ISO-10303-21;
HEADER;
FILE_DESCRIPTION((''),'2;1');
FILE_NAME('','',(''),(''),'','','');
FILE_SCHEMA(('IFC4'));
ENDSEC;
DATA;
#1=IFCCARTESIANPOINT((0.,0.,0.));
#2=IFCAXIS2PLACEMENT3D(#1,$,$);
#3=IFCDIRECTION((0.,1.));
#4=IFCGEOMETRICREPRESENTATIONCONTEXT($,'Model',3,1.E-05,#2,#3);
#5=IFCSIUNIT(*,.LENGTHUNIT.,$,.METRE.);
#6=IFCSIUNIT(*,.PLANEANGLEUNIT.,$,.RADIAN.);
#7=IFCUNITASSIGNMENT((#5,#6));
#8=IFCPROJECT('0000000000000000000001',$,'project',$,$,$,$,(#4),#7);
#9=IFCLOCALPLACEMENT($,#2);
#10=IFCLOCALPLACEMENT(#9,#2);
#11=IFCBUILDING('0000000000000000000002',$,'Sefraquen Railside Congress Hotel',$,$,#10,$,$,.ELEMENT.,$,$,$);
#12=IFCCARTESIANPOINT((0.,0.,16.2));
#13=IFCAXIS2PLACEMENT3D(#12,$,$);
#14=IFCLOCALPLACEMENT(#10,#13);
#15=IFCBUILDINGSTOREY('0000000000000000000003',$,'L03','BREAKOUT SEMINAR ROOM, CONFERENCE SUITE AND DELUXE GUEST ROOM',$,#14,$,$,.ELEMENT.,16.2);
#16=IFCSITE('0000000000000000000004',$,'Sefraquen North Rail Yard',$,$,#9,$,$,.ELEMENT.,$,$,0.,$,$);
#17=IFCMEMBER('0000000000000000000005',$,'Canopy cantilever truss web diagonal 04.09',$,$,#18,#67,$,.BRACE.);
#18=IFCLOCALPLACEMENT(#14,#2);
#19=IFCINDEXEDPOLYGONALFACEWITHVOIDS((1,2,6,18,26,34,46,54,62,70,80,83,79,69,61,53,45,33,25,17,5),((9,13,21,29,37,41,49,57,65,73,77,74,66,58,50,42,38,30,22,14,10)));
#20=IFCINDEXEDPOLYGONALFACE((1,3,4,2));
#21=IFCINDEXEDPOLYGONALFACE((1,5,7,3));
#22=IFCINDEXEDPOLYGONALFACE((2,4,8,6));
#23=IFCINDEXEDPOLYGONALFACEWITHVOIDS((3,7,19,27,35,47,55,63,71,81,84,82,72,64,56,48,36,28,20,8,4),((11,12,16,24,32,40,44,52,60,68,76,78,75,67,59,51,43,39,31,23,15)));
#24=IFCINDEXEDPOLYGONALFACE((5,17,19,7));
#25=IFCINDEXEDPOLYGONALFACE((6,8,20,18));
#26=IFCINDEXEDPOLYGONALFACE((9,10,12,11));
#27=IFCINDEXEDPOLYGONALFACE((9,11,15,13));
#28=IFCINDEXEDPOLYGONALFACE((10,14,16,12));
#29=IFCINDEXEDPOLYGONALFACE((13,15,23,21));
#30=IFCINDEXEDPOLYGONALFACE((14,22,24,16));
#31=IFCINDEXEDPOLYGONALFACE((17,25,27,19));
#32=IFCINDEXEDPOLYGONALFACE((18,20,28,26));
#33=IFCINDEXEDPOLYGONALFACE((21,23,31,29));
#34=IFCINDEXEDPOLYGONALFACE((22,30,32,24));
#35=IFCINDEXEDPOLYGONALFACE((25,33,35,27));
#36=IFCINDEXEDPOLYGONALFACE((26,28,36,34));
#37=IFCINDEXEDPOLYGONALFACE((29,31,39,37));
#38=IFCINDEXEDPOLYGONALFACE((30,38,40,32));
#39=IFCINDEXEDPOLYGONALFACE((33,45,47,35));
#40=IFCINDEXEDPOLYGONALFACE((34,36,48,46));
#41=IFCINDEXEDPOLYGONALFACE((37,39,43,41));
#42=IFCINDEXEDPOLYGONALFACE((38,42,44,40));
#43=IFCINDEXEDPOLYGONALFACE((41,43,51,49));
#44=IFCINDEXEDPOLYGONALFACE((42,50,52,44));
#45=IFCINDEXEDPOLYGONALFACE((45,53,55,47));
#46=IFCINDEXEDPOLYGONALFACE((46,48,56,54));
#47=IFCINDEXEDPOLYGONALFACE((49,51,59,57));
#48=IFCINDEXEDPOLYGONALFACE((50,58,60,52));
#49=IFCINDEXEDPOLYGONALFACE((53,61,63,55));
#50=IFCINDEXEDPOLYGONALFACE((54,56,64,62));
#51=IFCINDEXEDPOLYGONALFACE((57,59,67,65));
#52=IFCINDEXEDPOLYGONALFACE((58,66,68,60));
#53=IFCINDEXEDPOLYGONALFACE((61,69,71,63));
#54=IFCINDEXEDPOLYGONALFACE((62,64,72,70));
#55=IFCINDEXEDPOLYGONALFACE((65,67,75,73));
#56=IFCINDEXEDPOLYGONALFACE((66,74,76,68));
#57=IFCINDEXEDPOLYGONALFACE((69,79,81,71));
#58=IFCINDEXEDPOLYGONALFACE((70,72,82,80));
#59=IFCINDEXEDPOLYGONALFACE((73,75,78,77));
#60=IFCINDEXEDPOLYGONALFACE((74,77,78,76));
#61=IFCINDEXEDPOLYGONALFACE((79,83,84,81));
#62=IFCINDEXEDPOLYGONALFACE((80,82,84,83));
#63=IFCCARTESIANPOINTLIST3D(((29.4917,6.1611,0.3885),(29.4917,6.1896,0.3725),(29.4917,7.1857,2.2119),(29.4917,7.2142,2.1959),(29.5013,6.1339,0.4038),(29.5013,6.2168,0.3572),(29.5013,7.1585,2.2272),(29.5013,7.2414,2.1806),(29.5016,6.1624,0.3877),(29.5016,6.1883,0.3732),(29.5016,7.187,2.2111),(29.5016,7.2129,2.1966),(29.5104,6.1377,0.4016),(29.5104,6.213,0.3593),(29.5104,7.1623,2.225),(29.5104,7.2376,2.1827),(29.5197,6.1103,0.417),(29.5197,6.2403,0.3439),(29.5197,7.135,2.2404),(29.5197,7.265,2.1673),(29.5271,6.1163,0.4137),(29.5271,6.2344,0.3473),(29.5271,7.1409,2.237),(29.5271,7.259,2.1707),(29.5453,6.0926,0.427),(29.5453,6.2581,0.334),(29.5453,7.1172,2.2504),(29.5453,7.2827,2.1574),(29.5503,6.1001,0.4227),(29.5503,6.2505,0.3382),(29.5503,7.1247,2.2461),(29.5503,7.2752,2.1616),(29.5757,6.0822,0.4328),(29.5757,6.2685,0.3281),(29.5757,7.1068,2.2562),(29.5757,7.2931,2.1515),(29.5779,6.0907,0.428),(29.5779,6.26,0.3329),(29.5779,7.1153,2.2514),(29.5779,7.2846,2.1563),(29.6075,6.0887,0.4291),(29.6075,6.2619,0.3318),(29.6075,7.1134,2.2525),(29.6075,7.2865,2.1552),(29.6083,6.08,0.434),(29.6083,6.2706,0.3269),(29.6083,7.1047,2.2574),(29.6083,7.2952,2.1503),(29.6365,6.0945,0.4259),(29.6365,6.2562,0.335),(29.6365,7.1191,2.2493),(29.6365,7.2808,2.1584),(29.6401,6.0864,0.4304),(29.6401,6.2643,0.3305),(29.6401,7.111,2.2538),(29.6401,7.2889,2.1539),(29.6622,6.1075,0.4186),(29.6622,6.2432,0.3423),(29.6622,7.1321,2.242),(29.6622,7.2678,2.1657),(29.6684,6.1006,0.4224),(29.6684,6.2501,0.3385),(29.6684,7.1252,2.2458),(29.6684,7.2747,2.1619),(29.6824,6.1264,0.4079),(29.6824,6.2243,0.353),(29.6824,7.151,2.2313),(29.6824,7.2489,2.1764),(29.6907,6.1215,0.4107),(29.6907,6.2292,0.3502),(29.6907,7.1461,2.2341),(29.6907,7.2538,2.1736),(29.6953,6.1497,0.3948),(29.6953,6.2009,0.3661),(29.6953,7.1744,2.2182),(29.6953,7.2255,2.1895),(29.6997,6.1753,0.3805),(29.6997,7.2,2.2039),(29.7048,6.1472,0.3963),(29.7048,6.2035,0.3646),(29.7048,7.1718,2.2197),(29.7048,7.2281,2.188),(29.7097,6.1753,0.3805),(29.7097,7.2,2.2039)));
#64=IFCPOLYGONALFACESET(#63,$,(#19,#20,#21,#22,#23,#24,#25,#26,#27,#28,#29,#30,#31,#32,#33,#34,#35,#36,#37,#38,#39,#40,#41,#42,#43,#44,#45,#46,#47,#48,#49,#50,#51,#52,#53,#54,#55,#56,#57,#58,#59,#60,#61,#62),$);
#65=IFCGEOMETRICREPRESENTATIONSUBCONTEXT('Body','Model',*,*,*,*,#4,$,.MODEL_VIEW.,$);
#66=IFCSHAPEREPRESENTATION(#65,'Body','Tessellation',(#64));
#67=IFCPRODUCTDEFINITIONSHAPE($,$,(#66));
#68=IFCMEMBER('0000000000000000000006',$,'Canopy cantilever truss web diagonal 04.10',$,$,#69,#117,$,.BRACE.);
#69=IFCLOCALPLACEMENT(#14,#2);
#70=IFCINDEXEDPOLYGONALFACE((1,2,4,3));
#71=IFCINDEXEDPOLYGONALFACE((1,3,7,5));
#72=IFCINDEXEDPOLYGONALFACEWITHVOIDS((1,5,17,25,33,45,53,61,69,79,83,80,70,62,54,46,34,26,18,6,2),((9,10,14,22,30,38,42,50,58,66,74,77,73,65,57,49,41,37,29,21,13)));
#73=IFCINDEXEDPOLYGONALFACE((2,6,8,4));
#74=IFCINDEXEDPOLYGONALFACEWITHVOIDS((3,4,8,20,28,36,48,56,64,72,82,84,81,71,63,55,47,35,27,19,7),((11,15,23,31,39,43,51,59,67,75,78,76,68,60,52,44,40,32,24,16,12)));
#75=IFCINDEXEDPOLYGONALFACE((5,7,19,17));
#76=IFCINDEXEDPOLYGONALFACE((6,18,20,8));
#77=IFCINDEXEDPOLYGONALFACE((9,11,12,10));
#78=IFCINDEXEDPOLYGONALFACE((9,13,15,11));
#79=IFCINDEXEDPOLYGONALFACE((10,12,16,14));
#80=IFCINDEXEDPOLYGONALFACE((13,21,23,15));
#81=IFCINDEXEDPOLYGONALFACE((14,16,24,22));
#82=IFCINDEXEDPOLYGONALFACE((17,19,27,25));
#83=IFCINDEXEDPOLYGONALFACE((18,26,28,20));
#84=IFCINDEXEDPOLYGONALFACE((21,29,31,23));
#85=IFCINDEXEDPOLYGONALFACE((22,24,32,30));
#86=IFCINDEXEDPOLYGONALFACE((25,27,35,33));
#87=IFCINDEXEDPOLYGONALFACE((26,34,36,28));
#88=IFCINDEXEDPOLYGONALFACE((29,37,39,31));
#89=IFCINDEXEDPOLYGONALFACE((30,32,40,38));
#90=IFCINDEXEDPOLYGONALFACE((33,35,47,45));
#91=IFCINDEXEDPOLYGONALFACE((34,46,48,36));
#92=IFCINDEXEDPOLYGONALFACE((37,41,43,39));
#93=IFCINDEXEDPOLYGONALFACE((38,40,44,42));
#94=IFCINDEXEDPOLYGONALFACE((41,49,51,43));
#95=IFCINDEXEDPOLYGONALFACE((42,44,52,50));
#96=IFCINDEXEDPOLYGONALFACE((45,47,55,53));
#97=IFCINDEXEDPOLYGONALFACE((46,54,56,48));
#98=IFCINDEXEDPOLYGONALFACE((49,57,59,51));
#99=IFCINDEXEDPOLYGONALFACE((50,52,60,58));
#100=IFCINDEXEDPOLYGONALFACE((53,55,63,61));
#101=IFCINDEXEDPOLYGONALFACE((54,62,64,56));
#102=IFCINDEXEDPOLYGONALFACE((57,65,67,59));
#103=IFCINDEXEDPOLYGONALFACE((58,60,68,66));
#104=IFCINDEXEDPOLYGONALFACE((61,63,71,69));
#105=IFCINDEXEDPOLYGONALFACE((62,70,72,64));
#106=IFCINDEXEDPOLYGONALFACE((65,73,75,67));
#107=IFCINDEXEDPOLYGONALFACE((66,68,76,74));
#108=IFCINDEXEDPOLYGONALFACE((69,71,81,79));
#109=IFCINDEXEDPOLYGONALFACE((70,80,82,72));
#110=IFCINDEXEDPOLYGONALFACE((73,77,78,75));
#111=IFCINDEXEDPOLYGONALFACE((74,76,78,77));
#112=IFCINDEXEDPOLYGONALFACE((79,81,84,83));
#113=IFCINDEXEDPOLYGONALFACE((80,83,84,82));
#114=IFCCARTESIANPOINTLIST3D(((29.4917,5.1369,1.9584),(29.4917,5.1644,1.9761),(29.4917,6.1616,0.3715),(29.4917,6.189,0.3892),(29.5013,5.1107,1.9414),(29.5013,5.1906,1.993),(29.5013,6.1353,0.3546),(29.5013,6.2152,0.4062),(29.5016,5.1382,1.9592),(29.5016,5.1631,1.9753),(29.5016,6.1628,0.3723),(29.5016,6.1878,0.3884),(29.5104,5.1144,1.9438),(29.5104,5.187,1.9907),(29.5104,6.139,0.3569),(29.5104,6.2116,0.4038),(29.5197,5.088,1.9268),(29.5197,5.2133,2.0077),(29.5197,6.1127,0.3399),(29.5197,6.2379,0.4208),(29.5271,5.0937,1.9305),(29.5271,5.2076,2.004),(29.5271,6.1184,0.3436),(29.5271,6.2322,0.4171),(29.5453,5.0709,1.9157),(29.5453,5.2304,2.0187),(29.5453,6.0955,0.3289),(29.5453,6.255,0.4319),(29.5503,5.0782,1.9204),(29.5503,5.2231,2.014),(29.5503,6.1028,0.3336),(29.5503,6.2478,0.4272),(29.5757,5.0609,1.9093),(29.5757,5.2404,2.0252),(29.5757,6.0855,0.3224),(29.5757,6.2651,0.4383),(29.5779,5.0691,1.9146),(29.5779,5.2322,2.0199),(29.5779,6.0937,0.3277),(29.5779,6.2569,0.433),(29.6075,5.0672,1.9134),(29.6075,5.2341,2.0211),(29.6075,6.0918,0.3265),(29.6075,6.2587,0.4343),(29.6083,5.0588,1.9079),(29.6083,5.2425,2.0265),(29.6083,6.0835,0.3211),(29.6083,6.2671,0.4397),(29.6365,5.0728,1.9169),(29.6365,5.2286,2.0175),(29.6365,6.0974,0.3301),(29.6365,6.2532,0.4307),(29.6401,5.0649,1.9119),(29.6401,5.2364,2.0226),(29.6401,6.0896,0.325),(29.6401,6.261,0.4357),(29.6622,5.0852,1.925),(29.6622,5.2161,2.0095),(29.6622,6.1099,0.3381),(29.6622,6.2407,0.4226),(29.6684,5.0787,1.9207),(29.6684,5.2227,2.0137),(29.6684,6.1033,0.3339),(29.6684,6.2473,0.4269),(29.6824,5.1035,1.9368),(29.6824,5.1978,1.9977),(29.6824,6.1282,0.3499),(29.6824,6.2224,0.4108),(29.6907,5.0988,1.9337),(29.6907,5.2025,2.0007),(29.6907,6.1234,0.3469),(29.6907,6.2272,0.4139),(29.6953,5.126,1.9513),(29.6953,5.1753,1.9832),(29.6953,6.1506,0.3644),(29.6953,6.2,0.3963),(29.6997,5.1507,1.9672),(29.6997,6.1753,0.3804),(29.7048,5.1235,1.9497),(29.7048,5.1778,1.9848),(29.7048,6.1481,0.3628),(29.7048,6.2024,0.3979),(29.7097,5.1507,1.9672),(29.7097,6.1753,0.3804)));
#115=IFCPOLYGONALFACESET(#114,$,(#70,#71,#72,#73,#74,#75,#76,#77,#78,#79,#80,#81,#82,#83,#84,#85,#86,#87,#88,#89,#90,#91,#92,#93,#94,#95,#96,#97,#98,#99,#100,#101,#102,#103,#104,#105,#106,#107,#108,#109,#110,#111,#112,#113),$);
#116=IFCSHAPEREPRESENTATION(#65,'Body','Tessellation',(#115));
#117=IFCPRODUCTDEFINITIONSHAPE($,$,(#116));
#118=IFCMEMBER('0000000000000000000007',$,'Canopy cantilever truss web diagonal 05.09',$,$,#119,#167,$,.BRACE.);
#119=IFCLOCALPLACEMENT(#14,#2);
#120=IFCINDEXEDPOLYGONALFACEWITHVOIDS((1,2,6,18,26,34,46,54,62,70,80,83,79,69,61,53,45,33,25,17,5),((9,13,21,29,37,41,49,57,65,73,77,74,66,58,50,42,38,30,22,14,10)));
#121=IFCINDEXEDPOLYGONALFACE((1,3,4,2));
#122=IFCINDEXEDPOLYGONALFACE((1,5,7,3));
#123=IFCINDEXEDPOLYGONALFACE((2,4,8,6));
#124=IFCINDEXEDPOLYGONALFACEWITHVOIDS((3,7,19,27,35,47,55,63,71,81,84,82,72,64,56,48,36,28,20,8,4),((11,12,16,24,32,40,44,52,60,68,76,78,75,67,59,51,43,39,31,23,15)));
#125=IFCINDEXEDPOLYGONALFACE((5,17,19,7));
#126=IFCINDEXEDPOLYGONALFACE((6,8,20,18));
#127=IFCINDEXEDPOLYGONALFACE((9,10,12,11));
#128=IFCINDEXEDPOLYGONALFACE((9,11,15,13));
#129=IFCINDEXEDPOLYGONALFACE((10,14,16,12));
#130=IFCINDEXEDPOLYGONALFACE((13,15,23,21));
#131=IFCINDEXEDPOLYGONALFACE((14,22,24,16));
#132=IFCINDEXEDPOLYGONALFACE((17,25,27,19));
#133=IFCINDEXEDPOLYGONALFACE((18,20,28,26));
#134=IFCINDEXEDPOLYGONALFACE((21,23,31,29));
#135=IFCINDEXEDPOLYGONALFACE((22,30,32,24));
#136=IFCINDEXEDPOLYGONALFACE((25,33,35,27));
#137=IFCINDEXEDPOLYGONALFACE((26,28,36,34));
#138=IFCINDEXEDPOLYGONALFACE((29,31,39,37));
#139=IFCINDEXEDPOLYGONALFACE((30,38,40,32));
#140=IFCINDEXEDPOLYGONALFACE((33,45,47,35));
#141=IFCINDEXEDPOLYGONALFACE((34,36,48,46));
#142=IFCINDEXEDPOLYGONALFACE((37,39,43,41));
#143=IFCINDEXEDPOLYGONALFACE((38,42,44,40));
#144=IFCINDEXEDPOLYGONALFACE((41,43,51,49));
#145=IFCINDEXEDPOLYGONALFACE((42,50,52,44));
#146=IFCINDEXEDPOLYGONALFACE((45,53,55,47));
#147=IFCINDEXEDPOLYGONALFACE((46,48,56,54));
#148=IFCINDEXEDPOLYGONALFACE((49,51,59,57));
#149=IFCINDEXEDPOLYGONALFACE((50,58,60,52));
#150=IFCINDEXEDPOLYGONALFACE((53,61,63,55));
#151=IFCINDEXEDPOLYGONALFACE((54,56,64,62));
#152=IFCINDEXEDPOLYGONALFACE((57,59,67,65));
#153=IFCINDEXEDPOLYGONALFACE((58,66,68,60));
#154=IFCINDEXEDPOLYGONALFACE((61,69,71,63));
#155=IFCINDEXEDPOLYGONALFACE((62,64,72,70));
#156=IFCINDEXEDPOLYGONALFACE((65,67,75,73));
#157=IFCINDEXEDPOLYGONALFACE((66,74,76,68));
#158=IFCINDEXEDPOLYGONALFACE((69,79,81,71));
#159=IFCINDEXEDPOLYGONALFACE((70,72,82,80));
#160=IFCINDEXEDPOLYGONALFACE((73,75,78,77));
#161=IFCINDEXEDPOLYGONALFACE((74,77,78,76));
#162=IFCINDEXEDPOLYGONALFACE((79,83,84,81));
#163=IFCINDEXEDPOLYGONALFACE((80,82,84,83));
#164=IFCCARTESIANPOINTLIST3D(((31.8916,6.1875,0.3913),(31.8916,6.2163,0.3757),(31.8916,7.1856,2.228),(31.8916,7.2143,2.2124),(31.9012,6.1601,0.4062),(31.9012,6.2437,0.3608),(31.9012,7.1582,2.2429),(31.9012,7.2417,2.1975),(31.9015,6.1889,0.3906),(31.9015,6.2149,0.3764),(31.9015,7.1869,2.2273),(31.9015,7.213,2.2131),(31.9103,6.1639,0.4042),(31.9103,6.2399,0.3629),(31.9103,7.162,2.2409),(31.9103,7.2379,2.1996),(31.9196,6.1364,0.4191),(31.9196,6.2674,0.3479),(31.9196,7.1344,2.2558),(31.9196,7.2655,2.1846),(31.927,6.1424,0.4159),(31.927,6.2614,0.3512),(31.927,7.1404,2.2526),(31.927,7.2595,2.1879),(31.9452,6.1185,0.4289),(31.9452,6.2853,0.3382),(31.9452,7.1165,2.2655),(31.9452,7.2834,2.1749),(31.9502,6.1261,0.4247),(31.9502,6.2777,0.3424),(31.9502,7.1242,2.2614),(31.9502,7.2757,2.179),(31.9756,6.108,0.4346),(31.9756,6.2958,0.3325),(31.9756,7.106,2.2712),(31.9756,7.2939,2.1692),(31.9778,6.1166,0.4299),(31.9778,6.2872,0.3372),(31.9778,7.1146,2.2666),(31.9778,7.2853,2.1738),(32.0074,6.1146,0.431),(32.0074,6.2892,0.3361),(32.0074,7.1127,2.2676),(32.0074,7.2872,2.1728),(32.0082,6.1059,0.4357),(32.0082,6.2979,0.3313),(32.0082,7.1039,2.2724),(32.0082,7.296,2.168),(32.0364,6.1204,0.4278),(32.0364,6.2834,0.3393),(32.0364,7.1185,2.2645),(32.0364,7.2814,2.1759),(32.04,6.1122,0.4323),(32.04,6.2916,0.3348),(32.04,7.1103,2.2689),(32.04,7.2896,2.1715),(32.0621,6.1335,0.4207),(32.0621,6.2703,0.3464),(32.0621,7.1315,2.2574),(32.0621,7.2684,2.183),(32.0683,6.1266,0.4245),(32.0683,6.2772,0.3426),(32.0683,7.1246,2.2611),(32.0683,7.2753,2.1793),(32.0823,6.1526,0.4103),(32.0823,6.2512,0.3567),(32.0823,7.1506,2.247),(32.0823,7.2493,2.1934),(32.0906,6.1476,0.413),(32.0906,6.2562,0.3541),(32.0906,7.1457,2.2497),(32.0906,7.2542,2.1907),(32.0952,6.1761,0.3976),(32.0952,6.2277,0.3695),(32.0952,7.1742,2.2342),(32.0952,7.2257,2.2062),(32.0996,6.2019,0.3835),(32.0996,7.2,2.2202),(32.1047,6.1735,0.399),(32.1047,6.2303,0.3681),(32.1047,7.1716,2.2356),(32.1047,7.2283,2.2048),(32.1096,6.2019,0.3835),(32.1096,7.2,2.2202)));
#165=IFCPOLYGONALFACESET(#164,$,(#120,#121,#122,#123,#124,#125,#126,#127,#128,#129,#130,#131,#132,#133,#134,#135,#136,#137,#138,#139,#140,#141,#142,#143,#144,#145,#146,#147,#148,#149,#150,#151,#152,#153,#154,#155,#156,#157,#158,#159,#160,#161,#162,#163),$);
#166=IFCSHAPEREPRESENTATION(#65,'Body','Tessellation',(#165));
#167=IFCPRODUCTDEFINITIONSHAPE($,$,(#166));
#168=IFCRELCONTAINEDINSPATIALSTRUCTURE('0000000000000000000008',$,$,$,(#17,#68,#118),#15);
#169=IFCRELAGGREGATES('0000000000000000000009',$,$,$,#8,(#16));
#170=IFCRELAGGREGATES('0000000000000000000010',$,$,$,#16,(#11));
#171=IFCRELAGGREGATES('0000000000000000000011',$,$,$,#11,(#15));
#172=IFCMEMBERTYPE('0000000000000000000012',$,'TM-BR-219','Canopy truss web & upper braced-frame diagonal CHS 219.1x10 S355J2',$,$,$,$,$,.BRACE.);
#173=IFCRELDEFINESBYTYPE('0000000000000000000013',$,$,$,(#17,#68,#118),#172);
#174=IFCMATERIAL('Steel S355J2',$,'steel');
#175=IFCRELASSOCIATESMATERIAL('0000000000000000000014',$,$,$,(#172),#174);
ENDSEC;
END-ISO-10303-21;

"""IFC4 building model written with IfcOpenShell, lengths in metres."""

from ifc_helpers import new_model, si_unit, direction, frame, origin, origin_2d, place, context, subcontext, project, spatial, hollow_circle, extrude, material, material_profile, profile_set, type_object, element, save


model = new_model("IFC4")

# Units and contexts
model_context = context("Model", 3, precision=1e-05, world=origin(), true_north=direction((0.0, 1.0)))
body_context = subcontext(model_context, "Body", "Model", "MODEL_VIEW")
ifc_project = project(units=[si_unit("LENGTHUNIT", "METRE"), si_unit("PLANEANGLEUNIT", "RADIAN")], contexts=[model_context])

# Site, building, storey
site_placement = place(None, origin())
site = spatial("IfcSite", under=ifc_project, at=site_placement, Name="Sefraquen North Rail Yard", CompositionType="ELEMENT", RefElevation=0.0)
building_placement = place(site_placement, origin())
building = spatial("IfcBuilding", under=site, at=building_placement, Name="Sefraquen Railside Congress Hotel", CompositionType="ELEMENT")
storey_placement = place(building_placement, frame((0.0, 0.0, 16.2)))
storey = spatial("IfcBuildingStorey", under=building, at=storey_placement, Name="L03", Description="BREAKOUT SEMINAR ROOM, CONFERENCE SUITE AND DELUXE GUEST ROOM", CompositionType="ELEMENT", Elevation=16.2)

# Members
ifc_material_1 = material(Name="Steel S355J2", Category="steel")
ifc_material_profile_1 = material_profile(ifc_material_1, hollow_circle(Radius=0.1096, WallThickness=0.01, at=origin_2d()), Name="CHS 219.1x10")
ifc_profile_set_1 = profile_set([ifc_material_profile_1], Name="Steel S355J2")
member_type_1 = type_object("IfcMemberType", Name="TM-BR-219", Description="Canopy truss web & upper braced-frame diagonal CHS 219.1x10 S355J2", PredefinedType="BRACE", material=ifc_profile_set_1)
member_1_placement = place(storey_placement, frame((29.6001, 7.2, 2.2039), z_axis=(0.0, -0.489879, -0.871791), x_axis=(1.0, 0.0, 0.0)))
element("IfcMember", 1, at=member_1_placement, inside=storey, type_object=member_type_1, Name="Canopy cantilever truss web diagonal 04.09", PredefinedType="BRACE", context=body_context, shape_type="SweptSolid", body=[
    extrude(hollow_circle(Radius=0.1096, WallThickness=0.01, at=origin_2d()), origin(), (0.0, 0.0, 1.0), 2.0916),
])
member_2_placement = place(storey_placement, frame((29.6001, 6.1753, 0.3804), z_axis=(0.0, -0.542442, 0.840093), x_axis=(1.0, 0.0, 0.0)))
element("IfcMember", 2, at=member_2_placement, inside=storey, type_object=member_type_1, Name="Canopy cantilever truss web diagonal 04.10", PredefinedType="BRACE", context=body_context, shape_type="SweptSolid", body=[
    extrude(hollow_circle(Radius=0.1096, WallThickness=0.01, at=origin_2d()), origin(), (0.0, 0.0, 1.0), 1.8889),
])
member_3_placement = place(storey_placement, frame((32.0, 7.2, 2.2202), z_axis=(0.0, -0.47746, -0.878653), x_axis=(1.0, 0.0, 0.0)))
element("IfcMember", 3, at=member_3_placement, inside=storey, type_object=member_type_1, Name="Canopy cantilever truss web diagonal 05.09", PredefinedType="BRACE", context=body_context, shape_type="SweptSolid", body=[
    extrude(hollow_circle(Radius=0.1096, WallThickness=0.01, at=origin_2d()), origin(), (0.0, 0.0, 1.0), 2.0903),
])

save(model, "model.ifc")
